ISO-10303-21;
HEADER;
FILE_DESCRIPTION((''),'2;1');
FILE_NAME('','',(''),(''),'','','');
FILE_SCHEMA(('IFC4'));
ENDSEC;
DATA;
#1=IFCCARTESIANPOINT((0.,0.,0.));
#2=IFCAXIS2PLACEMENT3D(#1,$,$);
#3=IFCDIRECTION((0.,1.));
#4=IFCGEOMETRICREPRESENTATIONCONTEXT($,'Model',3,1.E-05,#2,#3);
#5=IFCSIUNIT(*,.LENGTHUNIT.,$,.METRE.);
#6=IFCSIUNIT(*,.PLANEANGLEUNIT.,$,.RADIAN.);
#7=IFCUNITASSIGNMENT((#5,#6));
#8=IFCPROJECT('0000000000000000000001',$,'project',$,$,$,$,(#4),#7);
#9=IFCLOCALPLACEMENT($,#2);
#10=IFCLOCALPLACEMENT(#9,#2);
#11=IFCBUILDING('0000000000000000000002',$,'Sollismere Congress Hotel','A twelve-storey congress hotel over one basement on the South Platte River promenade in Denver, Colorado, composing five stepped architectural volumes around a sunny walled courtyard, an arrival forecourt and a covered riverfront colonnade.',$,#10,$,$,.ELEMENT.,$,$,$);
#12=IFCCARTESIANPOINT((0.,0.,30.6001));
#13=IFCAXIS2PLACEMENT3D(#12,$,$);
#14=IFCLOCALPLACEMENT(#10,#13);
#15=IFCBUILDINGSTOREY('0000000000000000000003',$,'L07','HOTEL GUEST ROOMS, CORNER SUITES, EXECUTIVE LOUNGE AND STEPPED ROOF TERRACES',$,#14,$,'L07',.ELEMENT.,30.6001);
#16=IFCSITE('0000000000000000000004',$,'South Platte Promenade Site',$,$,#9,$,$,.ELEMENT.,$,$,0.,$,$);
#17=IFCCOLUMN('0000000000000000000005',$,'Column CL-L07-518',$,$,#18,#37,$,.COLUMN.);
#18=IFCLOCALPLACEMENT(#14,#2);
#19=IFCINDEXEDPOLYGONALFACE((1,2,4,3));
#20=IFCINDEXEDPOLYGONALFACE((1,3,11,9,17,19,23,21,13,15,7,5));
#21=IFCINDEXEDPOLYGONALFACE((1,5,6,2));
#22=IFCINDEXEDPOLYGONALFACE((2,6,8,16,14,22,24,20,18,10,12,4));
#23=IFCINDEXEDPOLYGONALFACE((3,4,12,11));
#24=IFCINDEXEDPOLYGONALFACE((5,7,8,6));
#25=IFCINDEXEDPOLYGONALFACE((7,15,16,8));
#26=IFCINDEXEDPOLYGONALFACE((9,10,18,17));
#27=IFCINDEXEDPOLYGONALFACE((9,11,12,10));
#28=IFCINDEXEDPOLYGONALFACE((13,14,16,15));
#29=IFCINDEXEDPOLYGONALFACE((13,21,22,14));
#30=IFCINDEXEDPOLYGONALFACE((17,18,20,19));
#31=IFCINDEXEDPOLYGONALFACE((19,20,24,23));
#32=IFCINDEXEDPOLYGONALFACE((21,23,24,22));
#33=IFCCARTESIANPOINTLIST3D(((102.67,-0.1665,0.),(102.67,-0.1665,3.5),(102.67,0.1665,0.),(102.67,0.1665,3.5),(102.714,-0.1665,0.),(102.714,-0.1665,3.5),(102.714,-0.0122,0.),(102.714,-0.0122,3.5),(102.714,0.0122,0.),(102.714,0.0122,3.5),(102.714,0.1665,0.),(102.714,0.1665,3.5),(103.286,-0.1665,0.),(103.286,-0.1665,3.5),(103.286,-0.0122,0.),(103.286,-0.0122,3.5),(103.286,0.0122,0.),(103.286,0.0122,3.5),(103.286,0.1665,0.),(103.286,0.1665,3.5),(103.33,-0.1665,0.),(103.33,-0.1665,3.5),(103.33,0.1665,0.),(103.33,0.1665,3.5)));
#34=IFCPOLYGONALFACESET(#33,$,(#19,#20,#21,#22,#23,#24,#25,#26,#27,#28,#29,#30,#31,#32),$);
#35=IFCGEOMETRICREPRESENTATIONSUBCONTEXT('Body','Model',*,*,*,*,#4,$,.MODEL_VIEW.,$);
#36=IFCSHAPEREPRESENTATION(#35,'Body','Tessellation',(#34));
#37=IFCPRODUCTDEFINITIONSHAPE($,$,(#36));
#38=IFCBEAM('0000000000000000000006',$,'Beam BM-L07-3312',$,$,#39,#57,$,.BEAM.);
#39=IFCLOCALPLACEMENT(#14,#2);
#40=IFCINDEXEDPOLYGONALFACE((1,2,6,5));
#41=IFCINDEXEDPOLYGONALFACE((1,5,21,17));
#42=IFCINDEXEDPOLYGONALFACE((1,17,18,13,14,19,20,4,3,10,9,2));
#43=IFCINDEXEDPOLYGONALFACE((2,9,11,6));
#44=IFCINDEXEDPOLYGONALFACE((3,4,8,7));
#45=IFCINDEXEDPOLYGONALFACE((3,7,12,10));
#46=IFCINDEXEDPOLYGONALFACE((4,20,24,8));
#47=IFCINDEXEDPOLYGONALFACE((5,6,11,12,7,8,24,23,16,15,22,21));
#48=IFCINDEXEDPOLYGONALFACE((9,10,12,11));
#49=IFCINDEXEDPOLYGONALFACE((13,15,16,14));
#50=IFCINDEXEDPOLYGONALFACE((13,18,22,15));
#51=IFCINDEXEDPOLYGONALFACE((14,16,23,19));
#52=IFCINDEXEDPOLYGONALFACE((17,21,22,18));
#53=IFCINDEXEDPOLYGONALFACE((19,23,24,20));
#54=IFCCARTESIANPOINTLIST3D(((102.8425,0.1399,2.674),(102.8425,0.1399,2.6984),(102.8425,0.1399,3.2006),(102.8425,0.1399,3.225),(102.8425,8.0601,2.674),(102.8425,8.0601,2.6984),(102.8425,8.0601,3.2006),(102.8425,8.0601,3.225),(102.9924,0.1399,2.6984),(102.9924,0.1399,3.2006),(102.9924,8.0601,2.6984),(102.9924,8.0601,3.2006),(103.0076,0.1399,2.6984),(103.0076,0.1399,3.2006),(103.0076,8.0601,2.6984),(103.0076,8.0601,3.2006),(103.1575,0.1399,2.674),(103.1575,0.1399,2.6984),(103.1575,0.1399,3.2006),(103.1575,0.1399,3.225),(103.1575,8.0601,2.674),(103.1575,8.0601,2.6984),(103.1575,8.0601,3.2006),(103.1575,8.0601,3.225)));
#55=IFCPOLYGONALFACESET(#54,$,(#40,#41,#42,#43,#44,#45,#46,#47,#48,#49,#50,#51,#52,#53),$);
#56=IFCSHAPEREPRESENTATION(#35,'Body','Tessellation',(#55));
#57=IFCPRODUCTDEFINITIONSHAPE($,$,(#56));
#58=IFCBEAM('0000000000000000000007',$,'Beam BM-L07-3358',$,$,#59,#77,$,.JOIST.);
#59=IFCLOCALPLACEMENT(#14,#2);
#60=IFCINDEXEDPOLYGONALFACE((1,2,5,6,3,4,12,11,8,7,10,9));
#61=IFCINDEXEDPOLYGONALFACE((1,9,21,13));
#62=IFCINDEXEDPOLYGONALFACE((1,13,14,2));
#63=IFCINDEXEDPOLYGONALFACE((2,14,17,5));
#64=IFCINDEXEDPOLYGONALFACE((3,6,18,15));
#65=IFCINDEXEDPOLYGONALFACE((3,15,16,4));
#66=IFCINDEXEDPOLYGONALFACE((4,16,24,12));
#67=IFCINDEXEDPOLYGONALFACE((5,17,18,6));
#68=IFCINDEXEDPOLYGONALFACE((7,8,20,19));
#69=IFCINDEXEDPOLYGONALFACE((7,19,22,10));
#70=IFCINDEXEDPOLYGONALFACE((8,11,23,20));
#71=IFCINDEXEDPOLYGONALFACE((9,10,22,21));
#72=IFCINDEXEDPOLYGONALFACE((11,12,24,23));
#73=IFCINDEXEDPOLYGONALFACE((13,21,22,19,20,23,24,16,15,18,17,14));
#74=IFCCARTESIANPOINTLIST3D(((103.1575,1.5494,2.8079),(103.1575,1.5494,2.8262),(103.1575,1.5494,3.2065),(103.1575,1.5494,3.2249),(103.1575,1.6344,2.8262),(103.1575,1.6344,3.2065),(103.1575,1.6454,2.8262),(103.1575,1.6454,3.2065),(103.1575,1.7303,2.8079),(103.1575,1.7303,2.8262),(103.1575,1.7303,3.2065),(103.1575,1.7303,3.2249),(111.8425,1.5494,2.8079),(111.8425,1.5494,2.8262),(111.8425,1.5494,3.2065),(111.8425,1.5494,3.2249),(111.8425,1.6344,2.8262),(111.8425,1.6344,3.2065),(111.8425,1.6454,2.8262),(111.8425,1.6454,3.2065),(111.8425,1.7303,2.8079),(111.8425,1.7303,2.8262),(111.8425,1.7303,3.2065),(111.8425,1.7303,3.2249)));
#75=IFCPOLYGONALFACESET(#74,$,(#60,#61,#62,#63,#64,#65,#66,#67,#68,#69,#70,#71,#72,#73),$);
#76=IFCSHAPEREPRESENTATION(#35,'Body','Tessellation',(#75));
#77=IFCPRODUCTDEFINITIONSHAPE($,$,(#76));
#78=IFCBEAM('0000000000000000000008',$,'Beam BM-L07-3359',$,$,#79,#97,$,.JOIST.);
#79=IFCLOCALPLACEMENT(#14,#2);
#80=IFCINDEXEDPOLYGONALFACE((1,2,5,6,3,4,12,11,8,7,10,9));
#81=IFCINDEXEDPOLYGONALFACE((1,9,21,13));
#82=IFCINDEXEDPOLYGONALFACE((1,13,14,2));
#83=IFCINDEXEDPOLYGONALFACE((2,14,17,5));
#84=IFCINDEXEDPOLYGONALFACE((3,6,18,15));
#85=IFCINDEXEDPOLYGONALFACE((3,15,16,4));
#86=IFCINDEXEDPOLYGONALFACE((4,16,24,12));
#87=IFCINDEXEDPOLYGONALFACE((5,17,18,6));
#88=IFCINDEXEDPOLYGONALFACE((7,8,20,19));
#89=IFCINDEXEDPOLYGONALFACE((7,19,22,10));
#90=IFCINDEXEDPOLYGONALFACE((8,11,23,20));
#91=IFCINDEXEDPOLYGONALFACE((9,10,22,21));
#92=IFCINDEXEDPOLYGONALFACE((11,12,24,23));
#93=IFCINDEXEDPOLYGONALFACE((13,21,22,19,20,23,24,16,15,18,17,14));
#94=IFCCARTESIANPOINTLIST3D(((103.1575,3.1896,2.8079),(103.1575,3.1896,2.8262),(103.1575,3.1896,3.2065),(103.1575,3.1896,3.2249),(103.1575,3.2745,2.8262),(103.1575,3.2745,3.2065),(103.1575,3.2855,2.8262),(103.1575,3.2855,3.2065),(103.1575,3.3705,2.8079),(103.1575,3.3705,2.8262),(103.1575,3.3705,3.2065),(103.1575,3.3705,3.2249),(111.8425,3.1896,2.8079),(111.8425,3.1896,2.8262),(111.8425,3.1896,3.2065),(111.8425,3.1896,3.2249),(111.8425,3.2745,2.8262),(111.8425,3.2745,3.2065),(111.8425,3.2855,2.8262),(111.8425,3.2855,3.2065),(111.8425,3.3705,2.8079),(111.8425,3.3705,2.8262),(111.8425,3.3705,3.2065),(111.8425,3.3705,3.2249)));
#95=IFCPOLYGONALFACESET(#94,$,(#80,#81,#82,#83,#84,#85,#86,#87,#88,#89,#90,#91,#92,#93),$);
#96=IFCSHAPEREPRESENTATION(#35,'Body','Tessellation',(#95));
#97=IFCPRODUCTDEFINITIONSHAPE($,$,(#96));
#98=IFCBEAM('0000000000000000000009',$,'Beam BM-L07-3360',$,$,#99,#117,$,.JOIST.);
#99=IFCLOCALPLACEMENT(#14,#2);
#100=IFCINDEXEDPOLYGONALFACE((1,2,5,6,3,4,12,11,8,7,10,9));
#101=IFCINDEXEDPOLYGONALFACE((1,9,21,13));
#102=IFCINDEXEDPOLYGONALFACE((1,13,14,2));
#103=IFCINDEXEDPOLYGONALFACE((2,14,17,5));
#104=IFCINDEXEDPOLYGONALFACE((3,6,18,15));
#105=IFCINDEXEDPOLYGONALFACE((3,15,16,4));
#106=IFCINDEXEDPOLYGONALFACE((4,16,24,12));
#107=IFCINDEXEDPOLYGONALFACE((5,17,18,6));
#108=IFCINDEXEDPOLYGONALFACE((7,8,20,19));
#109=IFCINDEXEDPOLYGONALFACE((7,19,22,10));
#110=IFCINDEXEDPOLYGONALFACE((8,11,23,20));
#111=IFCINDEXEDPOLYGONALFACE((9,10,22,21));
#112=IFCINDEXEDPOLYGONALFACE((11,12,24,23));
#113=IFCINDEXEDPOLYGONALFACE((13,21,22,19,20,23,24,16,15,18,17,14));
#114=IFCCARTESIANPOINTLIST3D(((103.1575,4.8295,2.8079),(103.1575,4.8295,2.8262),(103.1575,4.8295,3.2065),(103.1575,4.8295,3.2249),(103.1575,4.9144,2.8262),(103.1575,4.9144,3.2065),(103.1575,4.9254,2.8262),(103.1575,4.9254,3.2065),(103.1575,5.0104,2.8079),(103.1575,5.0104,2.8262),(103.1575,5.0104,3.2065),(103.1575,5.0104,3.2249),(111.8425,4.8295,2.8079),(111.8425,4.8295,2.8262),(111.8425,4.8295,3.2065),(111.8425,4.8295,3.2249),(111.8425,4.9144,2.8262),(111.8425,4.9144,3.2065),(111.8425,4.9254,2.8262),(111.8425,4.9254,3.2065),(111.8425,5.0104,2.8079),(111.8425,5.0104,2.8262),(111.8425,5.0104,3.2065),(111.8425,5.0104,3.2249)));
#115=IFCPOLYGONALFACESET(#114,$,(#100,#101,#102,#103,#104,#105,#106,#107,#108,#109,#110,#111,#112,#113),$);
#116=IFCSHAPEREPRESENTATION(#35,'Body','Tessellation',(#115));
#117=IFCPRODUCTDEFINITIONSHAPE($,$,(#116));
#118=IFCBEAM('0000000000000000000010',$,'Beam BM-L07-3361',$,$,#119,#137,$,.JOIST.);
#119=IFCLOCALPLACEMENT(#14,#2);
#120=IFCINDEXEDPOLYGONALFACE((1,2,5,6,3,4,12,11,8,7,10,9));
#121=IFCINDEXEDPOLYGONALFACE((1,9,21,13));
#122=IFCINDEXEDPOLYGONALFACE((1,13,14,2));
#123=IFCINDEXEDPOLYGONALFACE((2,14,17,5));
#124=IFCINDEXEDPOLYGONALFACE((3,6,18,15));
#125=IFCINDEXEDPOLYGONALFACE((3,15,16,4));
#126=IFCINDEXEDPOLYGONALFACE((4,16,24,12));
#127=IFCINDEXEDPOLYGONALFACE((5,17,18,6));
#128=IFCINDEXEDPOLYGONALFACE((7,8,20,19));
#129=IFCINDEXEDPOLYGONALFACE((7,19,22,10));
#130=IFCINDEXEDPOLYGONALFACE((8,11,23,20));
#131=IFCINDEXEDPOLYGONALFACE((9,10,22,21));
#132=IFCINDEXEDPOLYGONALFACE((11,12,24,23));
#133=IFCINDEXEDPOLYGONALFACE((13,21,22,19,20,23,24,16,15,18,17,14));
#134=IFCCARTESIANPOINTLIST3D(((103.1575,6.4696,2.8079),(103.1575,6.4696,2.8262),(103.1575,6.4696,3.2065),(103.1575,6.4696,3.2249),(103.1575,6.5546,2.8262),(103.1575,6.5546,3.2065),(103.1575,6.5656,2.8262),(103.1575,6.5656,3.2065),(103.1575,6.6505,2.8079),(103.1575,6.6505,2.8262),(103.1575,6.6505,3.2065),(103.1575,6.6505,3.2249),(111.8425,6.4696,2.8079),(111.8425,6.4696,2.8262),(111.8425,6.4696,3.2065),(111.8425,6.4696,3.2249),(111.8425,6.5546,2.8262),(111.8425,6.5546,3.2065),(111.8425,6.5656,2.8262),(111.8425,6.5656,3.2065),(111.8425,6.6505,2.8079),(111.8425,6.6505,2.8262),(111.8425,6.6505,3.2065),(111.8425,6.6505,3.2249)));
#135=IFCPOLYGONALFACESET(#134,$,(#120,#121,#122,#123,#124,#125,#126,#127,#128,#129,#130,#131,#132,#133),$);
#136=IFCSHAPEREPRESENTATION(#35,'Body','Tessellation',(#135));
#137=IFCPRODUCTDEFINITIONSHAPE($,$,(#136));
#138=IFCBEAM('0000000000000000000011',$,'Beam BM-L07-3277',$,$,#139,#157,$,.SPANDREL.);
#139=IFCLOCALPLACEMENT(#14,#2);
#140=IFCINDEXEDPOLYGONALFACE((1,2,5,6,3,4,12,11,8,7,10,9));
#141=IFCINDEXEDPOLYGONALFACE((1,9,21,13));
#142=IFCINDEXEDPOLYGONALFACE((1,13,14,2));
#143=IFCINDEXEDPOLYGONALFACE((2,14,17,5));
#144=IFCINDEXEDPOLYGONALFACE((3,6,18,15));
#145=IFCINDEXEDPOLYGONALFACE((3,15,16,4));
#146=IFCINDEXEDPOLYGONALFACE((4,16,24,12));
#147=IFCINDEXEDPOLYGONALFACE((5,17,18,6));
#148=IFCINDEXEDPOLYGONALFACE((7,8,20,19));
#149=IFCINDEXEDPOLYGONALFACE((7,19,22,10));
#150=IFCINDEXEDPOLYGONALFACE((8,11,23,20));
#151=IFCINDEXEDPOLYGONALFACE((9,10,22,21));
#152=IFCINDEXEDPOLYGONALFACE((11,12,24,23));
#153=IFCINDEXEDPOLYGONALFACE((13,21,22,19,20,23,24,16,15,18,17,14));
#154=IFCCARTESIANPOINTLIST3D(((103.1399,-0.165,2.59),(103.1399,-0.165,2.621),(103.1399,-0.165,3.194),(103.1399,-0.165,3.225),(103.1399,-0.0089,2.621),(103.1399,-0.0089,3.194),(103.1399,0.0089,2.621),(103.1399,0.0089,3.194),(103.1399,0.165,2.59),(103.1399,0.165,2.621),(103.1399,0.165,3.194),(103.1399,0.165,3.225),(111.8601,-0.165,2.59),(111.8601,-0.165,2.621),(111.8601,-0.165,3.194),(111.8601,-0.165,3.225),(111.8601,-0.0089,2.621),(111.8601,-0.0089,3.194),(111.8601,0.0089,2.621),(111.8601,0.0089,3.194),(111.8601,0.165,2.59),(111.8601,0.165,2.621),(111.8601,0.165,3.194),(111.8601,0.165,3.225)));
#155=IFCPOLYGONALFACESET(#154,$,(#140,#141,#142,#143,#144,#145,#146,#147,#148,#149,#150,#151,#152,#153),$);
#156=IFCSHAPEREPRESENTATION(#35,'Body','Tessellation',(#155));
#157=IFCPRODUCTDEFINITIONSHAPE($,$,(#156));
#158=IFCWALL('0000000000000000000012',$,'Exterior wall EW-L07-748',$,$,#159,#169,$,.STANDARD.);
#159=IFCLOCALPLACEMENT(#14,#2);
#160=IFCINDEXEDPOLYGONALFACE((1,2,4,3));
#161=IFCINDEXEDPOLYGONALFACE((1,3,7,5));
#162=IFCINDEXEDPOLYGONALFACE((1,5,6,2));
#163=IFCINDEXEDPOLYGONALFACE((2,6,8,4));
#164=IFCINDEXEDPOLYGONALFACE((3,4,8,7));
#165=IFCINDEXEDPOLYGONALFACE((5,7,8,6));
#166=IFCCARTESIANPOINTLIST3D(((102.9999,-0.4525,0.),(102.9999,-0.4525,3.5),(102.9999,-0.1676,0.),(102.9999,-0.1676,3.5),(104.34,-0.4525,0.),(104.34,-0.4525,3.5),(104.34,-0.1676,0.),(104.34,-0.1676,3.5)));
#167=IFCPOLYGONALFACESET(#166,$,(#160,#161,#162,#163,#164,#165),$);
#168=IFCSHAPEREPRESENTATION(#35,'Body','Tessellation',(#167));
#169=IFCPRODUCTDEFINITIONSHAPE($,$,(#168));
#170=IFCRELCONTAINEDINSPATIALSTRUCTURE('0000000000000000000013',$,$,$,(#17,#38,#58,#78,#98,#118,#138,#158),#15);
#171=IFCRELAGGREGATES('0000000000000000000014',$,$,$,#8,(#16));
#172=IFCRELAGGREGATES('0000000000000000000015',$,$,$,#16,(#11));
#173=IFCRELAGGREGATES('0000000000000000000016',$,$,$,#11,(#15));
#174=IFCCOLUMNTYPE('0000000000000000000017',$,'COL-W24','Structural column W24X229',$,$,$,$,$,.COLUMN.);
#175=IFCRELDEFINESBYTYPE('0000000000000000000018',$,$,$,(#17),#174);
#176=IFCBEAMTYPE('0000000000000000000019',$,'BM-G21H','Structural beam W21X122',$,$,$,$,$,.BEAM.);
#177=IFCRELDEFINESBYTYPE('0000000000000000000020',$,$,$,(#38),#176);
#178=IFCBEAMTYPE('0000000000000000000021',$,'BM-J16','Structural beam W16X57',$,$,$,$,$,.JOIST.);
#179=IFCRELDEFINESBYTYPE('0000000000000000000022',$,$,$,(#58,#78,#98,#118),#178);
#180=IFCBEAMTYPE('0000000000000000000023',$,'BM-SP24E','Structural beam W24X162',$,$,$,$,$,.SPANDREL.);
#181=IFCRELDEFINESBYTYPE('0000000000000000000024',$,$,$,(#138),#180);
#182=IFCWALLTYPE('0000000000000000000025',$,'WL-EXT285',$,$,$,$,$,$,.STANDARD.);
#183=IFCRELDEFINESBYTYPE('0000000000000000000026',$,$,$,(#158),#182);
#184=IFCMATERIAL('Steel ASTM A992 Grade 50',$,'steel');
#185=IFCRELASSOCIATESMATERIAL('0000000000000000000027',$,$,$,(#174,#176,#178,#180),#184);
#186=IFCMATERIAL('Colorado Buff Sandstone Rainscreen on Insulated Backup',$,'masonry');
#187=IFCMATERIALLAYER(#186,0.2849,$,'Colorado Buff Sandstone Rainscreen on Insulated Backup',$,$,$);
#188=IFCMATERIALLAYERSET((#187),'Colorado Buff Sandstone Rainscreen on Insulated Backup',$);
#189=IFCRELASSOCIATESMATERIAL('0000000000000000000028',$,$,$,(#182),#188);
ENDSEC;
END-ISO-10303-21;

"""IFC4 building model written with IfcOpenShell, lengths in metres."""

from ifc_helpers import new_model, si_unit, direction, frame, frame_2d, origin, origin_2d, place, context, subcontext, project, spatial, rectangle, i_section, extrude, material, layer, layer_set, material_profile, profile_set, type_object, element, save


model = new_model("IFC4")

# Units and contexts
model_context = context("Model", 3, precision=1e-05, world=origin(), true_north=direction((0.0, 1.0)))
body_context = subcontext(model_context, "Body", "Model", "MODEL_VIEW")
ifc_project = project(units=[si_unit("LENGTHUNIT", "METRE"), si_unit("PLANEANGLEUNIT", "RADIAN")], contexts=[model_context])

# Site, building, storey
site_placement = place(None, origin())
site = spatial("IfcSite", under=ifc_project, at=site_placement, Name="South Platte Promenade Site", CompositionType="ELEMENT", RefElevation=0.0)
building_placement = place(site_placement, origin())
building = spatial("IfcBuilding", under=site, at=building_placement, Name="Sollismere Congress Hotel", Description="A twelve-storey congress hotel over one basement on the South Platte River promenade in Denver, Colorado, composing five stepped architectural volumes around a sunny walled courtyard, an arrival forecourt and a covered riverfront colonnade.", CompositionType="ELEMENT")
storey_placement = place(building_placement, frame((0.0, 0.0, 30.6001)))
storey = spatial("IfcBuildingStorey", under=building, at=storey_placement, Name="L07", Description="HOTEL GUEST ROOMS, CORNER SUITES, EXECUTIVE LOUNGE AND STEPPED ROOF TERRACES", LongName="L07", CompositionType="ELEMENT", Elevation=30.6001)

# Column
ifc_material_1 = material(Name="Steel ASTM A992 Grade 50", Category="steel")
ifc_material_profile_1 = material_profile(ifc_material_1, i_section(OverallWidth=0.333, OverallDepth=0.6599, WebThickness=0.0244, FlangeThickness=0.0439, at=origin_2d()), Name="W24X229")
ifc_profile_set_1 = profile_set([ifc_material_profile_1], Name="Steel ASTM A992 Grade 50")
column_type = type_object("IfcColumnType", Name="COL-W24", Description="Structural column W24X229", PredefinedType="COLUMN", material=ifc_profile_set_1)
column_placement = place(storey_placement, frame((103.0, 0.0, 0.0), z_axis=(0.0, 0.0, 1.0), x_axis=(0.0, 1.0, 0.0)))
element("IfcColumn", 1, at=column_placement, inside=storey, type_object=column_type, Name="Column CL-L07-518", PredefinedType="COLUMN", context=body_context, shape_type="SweptSolid", body=[
    extrude(i_section(OverallWidth=0.333, OverallDepth=0.6599, WebThickness=0.0244, FlangeThickness=0.0439, at=origin_2d()), origin(), (0.0, 0.0, 1.0), 3.5),
])

# Beams
ifc_material_profile_2 = material_profile(ifc_material_1, i_section(OverallWidth=0.3149, OverallDepth=0.551, WebThickness=0.0151, FlangeThickness=0.0244, at=origin_2d()), Name="W21X122")
ifc_profile_set_2 = profile_set([ifc_material_profile_2], Name="Steel ASTM A992 Grade 50")
beam_type_1 = type_object("IfcBeamType", Name="BM-G21H", Description="Structural beam W21X122", PredefinedType="BEAM", material=ifc_profile_set_2)
beam_1_placement = place(storey_placement, frame((103.0, 0.1399, 2.9495), z_axis=(0.0, 1.0, 0.0), x_axis=(-1.0, 0.0, 0.0)))
element("IfcBeam", 2, at=beam_1_placement, inside=storey, type_object=beam_type_1, Name="Beam BM-L07-3312", PredefinedType="BEAM", context=body_context, shape_type="SweptSolid", body=[
    extrude(i_section(OverallWidth=0.3149, OverallDepth=0.551, WebThickness=0.0151, FlangeThickness=0.0244, at=origin_2d()), origin(), (0.0, 0.0, 1.0), 7.9202),
])
ifc_material_profile_3 = material_profile(ifc_material_1, i_section(OverallWidth=0.1809, OverallDepth=0.417, WebThickness=0.011, FlangeThickness=0.0183, at=origin_2d()), Name="W16X57")
ifc_profile_set_3 = profile_set([ifc_material_profile_3], Name="Steel ASTM A992 Grade 50")
beam_type_2 = type_object("IfcBeamType", Name="BM-J16", Description="Structural beam W16X57", PredefinedType="JOIST", material=ifc_profile_set_3)
for number, where, z_axis, x_axis, name in (
    (3, (103.1575, 1.6399, 3.0164), (1.0, 0.0, 0.0), (0.0, 1.0, 0.0), "Beam BM-L07-3358"),
    (4, (103.1575, 3.28, 3.0164), (1.0, 0.0, 0.0), (0.0, 1.0, 0.0), "Beam BM-L07-3359"),
    (5, (103.1575, 4.9199, 3.0164), (1.0, 0.0, 0.0), (0.0, 1.0, 0.0), "Beam BM-L07-3360"),
    (6, (103.1575, 6.5601, 3.0164), (1.0, 0.0, 0.0), (0.0, 1.0, 0.0), "Beam BM-L07-3361"),
):
    element("IfcBeam", number, at=place(storey_placement, frame(where, z_axis=z_axis, x_axis=x_axis)), inside=storey, type_object=beam_type_2, Name=name, PredefinedType="JOIST", context=body_context, shape_type="SweptSolid", body=[
        extrude(i_section(OverallWidth=0.1809, OverallDepth=0.417, WebThickness=0.011, FlangeThickness=0.0183, at=origin_2d()), origin(), (0.0, 0.0, 1.0), 8.6851),
    ])
ifc_material_profile_4 = material_profile(ifc_material_1, i_section(OverallWidth=0.3301, OverallDepth=0.635, WebThickness=0.0178, FlangeThickness=0.031, at=origin_2d()), Name="W24X162")
ifc_profile_set_4 = profile_set([ifc_material_profile_4], Name="Steel ASTM A992 Grade 50")
beam_type_3 = type_object("IfcBeamType", Name="BM-SP24E", Description="Structural beam W24X162", PredefinedType="SPANDREL", material=ifc_profile_set_4)
beam_2_placement = place(storey_placement, frame((103.1399, 0.0, 2.9075), z_axis=(1.0, 0.0, 0.0), x_axis=(0.0, 1.0, 0.0)))
element("IfcBeam", 7, at=beam_2_placement, inside=storey, type_object=beam_type_3, Name="Beam BM-L07-3277", PredefinedType="SPANDREL", context=body_context, shape_type="SweptSolid", body=[
    extrude(i_section(OverallWidth=0.3301, OverallDepth=0.635, WebThickness=0.0178, FlangeThickness=0.031, at=origin_2d()), origin(), (0.0, 0.0, 1.0), 8.7202),
])

# Wall
ifc_material_2 = material(Name="Colorado Buff Sandstone Rainscreen on Insulated Backup", Category="masonry")
ifc_layer_1 = layer(ifc_material_2, 0.2849, Name="Colorado Buff Sandstone Rainscreen on Insulated Backup")
ifc_layer_set_1 = layer_set([ifc_layer_1], Name="Colorado Buff Sandstone Rainscreen on Insulated Backup")
wall_type_1 = type_object("IfcWallType", Name="WL-EXT285", PredefinedType="STANDARD", material=ifc_layer_set_1)
wall_1_placement = place(storey_placement, frame((103.0, -0.3101, 0.0), z_axis=(0.0, 0.0, 1.0), x_axis=(1.0, 0.0, 0.0)))
element("IfcWall", 8, at=wall_1_placement, inside=storey, type_object=wall_type_1, Name="Exterior wall EW-L07-748", PredefinedType="STANDARD", context=body_context, shape_type="SweptSolid", body=[
    extrude(rectangle(XDim=1.3401, YDim=0.2849, at=frame_2d((0.6699, 0.0))), origin(), (0.0, 0.0, 1.0), 3.5),
])

save(model, "model.ifc")
